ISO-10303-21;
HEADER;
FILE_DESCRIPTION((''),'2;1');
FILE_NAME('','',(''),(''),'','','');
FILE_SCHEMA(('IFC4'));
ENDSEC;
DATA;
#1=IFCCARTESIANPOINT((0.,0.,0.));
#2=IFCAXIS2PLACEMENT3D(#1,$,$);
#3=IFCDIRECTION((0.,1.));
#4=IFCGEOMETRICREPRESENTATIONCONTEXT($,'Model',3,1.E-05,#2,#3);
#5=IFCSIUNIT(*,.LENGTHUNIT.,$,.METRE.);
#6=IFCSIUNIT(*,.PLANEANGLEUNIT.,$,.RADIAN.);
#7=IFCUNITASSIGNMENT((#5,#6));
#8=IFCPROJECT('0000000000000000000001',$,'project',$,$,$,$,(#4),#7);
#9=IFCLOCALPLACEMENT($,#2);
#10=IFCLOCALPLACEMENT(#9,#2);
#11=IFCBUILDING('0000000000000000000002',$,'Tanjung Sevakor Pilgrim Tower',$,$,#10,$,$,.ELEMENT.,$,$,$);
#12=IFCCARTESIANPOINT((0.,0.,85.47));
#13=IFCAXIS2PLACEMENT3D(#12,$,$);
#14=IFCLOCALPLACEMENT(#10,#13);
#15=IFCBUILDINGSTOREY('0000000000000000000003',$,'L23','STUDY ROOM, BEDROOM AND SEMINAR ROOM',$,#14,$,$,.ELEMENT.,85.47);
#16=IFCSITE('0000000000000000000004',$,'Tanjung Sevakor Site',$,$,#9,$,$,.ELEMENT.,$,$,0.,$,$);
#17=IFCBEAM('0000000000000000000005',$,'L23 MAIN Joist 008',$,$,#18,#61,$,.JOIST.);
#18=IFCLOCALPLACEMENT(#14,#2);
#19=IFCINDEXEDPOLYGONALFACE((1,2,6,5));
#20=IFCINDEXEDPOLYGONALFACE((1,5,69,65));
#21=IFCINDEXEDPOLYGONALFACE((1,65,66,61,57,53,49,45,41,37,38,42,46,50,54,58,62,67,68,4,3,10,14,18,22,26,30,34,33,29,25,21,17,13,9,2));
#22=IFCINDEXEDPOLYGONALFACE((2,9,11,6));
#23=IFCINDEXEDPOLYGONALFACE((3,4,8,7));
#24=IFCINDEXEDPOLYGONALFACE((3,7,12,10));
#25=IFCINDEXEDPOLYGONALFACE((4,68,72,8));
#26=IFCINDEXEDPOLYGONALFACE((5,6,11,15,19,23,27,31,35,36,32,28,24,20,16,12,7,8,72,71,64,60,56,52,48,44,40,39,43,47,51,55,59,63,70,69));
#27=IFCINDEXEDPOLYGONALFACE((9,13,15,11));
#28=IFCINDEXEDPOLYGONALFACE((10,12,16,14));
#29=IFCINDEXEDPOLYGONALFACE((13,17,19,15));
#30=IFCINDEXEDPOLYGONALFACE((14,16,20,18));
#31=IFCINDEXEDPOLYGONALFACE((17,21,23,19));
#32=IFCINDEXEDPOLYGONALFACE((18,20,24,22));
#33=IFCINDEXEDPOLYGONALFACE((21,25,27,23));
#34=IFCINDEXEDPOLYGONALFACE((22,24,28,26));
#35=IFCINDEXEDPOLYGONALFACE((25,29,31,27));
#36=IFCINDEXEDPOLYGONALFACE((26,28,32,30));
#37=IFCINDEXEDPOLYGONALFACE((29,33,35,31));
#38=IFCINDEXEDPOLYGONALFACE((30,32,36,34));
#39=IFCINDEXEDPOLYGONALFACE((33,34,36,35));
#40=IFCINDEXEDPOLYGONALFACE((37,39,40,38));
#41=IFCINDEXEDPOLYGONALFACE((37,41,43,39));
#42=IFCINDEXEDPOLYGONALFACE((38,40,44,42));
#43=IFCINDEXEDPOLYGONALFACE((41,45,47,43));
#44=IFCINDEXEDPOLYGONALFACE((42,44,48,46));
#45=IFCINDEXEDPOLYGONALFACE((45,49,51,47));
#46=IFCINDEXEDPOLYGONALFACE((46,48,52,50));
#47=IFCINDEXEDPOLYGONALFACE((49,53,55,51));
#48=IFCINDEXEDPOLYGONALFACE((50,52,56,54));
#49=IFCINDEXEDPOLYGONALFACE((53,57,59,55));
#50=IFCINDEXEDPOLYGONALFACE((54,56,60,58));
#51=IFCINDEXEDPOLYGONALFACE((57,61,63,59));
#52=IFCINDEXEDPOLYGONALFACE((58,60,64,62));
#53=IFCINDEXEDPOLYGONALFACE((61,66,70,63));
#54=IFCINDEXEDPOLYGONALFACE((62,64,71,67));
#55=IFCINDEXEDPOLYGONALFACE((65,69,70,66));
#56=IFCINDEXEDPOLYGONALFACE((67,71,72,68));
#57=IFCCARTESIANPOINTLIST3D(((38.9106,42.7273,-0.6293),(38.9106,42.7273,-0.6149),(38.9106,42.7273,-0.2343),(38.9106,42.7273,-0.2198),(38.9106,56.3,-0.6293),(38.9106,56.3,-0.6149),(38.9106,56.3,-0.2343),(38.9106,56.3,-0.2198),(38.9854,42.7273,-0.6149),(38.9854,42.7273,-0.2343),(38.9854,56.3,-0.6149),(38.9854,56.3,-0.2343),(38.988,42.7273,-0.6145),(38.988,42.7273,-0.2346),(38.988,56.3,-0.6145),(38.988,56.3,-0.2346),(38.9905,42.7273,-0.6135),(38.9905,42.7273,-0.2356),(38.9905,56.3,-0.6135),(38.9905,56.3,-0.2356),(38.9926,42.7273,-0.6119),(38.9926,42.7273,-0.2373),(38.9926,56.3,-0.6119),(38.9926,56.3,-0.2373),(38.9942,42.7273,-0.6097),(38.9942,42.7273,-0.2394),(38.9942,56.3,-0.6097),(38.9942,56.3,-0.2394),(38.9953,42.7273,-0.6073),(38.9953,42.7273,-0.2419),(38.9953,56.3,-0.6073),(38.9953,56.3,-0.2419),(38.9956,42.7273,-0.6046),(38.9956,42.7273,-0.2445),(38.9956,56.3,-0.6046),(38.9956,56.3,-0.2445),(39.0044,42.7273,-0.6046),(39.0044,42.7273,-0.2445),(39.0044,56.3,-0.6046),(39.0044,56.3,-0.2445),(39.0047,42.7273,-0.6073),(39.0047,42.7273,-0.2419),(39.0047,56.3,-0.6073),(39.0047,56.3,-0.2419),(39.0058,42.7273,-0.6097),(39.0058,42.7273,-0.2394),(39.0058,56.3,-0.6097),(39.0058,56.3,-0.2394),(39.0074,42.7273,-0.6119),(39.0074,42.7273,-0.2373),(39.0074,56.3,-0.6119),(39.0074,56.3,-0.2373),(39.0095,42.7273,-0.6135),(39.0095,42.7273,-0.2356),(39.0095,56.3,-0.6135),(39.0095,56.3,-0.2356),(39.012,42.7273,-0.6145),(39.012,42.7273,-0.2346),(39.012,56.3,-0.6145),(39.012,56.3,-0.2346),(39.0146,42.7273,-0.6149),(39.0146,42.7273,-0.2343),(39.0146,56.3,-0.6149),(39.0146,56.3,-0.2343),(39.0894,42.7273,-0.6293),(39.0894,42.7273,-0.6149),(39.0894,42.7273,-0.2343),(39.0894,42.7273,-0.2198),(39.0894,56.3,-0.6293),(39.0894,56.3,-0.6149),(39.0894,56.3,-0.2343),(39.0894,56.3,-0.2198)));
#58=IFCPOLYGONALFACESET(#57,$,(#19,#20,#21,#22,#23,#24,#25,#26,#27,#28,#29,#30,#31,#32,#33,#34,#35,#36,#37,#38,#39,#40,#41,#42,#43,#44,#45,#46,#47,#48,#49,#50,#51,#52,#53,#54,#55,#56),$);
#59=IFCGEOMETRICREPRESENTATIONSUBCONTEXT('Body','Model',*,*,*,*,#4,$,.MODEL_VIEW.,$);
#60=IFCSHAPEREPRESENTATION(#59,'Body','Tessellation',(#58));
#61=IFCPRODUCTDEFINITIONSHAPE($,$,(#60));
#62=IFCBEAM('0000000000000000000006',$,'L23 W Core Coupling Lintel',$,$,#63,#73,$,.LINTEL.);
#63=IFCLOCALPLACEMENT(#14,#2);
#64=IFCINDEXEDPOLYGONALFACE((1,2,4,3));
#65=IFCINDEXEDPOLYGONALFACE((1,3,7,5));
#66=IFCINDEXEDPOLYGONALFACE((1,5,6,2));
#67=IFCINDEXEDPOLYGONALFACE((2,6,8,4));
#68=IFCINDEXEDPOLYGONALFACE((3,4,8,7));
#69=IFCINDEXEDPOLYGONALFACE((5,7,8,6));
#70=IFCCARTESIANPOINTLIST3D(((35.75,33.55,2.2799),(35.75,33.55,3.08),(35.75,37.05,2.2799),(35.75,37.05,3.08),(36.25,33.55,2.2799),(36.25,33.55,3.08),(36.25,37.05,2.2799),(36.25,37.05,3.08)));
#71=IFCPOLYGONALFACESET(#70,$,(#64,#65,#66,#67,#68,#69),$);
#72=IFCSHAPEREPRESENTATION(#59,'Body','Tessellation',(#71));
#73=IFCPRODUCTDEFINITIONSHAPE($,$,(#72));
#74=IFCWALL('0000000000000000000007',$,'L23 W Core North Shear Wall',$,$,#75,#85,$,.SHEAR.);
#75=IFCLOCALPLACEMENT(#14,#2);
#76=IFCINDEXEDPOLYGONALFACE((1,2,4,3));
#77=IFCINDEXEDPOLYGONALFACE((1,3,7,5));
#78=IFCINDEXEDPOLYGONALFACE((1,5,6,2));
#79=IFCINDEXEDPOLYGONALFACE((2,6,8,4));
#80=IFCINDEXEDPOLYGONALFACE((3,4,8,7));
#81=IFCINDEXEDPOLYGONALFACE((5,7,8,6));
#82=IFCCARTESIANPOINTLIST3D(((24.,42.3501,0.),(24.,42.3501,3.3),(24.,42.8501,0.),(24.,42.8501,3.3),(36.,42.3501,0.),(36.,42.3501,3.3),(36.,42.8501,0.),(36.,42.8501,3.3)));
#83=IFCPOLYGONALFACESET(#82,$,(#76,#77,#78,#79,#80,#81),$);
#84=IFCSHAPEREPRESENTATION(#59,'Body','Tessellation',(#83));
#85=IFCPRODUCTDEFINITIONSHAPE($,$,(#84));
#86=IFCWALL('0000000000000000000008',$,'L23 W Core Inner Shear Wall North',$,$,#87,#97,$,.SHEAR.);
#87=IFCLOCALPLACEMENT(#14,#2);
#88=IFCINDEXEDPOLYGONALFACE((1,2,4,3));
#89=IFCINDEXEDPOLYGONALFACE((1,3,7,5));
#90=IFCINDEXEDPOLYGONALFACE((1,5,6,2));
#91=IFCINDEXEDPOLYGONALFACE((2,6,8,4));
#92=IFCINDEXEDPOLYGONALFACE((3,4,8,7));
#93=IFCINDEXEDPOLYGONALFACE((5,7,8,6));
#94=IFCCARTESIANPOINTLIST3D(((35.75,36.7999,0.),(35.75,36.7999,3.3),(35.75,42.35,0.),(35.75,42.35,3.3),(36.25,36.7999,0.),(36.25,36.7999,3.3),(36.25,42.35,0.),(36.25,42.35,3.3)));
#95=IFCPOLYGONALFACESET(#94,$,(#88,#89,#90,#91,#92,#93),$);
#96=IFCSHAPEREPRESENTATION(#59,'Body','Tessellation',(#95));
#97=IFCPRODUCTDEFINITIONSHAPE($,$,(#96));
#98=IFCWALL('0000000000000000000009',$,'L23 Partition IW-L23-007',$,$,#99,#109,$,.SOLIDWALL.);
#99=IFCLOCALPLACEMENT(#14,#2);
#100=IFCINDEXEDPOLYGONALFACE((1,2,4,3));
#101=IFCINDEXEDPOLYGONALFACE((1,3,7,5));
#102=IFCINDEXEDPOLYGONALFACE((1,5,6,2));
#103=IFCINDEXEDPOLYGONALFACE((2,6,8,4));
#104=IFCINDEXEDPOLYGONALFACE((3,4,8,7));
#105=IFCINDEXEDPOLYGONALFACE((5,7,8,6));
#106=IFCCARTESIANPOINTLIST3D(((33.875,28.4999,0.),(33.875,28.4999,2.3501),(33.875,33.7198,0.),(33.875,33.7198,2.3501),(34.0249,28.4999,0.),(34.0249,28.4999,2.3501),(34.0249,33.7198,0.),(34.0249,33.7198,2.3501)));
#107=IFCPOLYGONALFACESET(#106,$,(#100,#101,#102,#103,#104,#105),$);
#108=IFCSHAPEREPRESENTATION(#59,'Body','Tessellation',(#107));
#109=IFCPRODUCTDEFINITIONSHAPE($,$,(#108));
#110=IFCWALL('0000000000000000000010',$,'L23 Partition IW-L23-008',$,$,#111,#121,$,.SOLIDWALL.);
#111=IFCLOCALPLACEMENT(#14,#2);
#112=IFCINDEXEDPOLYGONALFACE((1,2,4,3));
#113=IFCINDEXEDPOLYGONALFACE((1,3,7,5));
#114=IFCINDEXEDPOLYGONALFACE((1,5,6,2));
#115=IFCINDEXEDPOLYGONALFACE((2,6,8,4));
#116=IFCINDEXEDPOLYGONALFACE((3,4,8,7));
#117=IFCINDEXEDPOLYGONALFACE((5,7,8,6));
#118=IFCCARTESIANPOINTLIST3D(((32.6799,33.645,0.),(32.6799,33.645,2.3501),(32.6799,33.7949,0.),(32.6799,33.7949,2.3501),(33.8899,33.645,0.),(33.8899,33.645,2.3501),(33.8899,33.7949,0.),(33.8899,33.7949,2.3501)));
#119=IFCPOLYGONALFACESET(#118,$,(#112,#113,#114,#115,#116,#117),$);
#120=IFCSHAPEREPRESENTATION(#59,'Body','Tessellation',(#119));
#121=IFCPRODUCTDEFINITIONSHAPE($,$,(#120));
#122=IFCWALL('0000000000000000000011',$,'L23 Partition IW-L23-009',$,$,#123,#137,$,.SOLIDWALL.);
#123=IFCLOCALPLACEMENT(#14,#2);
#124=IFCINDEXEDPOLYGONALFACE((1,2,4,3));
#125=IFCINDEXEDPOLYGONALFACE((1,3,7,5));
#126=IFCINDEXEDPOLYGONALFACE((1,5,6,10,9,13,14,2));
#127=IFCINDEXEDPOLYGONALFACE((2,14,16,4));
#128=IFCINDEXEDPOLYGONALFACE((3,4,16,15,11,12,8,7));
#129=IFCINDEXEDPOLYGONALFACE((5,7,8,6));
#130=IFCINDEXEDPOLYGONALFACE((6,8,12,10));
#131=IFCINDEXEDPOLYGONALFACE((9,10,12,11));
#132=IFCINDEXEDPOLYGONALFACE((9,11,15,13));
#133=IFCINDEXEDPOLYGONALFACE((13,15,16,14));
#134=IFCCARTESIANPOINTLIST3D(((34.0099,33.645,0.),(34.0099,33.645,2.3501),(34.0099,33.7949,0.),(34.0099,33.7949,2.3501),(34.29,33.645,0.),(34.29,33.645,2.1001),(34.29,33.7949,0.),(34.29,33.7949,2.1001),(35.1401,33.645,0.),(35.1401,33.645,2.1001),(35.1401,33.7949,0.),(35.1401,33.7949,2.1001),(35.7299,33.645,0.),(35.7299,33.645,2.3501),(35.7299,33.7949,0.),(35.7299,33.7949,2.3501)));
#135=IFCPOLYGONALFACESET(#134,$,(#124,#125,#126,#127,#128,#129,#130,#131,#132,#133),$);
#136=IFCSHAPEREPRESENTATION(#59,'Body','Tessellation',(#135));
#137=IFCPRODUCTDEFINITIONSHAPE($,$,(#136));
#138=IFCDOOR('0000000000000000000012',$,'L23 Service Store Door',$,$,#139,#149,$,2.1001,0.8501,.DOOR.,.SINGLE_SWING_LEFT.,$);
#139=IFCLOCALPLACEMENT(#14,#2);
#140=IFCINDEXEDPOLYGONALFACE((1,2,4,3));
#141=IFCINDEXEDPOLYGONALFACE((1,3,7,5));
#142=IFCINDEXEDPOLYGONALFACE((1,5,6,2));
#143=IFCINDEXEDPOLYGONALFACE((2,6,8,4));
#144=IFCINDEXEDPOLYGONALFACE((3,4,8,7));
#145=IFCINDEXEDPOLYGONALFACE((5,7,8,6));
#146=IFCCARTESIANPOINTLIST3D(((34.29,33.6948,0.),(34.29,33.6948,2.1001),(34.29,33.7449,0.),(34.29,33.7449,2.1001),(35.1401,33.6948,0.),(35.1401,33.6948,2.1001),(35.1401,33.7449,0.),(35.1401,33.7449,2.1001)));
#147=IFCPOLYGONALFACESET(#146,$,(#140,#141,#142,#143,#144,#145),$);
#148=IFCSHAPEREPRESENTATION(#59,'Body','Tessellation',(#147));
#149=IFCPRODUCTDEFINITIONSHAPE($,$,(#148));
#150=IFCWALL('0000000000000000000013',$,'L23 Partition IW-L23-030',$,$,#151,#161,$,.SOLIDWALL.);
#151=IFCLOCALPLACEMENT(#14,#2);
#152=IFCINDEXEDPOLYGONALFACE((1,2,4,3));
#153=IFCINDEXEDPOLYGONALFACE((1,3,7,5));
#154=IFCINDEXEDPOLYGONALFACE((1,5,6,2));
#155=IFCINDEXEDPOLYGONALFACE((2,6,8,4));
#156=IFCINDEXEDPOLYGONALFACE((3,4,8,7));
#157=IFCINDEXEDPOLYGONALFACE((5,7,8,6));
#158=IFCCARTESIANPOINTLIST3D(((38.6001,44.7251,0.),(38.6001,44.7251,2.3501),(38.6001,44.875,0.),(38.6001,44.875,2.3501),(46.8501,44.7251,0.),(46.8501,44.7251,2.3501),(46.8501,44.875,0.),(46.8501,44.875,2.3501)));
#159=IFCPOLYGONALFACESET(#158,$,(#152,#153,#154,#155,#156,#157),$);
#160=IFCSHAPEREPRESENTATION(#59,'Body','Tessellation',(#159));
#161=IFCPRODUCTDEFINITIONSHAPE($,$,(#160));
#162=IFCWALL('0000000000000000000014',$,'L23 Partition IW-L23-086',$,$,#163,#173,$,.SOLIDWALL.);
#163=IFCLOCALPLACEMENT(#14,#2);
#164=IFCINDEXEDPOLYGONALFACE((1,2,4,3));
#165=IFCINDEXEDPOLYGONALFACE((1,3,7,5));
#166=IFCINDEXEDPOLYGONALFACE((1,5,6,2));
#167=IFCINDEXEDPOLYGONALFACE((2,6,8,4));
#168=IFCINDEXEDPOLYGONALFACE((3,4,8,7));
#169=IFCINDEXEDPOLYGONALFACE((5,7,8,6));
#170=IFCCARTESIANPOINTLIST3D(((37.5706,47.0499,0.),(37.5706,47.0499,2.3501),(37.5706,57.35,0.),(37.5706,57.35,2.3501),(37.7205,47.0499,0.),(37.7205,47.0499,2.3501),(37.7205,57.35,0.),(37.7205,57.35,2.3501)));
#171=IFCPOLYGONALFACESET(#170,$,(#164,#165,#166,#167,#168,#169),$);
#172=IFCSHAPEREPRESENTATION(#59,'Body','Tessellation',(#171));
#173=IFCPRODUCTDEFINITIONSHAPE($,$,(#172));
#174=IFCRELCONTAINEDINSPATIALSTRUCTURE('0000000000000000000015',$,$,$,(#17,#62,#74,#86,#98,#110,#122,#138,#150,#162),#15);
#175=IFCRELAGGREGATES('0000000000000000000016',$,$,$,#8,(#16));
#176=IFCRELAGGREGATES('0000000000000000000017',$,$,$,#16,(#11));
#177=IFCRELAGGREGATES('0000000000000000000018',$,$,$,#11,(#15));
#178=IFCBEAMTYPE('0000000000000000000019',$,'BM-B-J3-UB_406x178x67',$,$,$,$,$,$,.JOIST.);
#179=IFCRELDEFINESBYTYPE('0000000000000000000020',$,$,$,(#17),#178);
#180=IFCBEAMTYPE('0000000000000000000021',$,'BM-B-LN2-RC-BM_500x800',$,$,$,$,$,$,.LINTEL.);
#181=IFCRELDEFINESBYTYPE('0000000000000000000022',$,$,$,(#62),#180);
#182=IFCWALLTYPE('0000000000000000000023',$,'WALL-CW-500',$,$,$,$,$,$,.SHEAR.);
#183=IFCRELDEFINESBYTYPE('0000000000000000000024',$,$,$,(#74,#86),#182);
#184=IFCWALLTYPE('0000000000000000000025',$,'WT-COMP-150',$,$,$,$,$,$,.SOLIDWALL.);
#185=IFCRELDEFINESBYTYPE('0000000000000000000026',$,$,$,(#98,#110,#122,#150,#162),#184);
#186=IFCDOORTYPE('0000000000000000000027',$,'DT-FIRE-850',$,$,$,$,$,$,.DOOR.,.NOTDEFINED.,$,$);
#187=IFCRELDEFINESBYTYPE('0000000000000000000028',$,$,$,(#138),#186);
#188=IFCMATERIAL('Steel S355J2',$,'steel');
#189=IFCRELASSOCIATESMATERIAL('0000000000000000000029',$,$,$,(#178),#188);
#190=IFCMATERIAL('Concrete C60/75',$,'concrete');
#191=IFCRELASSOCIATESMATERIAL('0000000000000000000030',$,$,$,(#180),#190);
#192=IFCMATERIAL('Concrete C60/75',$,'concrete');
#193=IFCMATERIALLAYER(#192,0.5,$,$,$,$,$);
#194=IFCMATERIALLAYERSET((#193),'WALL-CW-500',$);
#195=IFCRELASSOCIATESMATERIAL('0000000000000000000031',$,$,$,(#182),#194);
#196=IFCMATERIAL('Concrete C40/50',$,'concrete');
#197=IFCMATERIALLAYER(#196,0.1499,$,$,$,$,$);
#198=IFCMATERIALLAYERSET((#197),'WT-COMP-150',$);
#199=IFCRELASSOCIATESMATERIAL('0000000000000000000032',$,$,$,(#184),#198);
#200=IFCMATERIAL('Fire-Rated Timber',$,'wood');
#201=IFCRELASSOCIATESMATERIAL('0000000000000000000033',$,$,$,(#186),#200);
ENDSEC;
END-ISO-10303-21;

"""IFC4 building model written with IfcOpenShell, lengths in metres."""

from ifc_helpers import new_model, si_unit, direction, frame, frame_2d, origin, origin_2d, place, context, subcontext, project, spatial, rectangle, i_section, extrude, material, layer, layer_set, material_profile, profile_set, type_object, element, fill, save


model = new_model("IFC4")

# Units and contexts
model_context = context("Model", 3, precision=1e-05, world=origin(), true_north=direction((0.0, 1.0)))
body_context = subcontext(model_context, "Body", "Model", "MODEL_VIEW")
ifc_project = project(units=[si_unit("LENGTHUNIT", "METRE"), si_unit("PLANEANGLEUNIT", "RADIAN")], contexts=[model_context])

# Site, building, storey
site_placement = place(None, origin())
site = spatial("IfcSite", under=ifc_project, at=site_placement, Name="Tanjung Sevakor Site", CompositionType="ELEMENT", RefElevation=0.0)
building_placement = place(site_placement, origin())
building = spatial("IfcBuilding", under=site, at=building_placement, Name="Tanjung Sevakor Pilgrim Tower", CompositionType="ELEMENT")
storey_placement = place(building_placement, frame((0.0, 0.0, 85.47)))
storey = spatial("IfcBuildingStorey", under=building, at=storey_placement, Name="L23", Description="STUDY ROOM, BEDROOM AND SEMINAR ROOM", CompositionType="ELEMENT", Elevation=85.47)

# Beams
ifc_material_1 = material(Name="Steel S355J2", Category="steel")
ifc_material_profile_1 = material_profile(ifc_material_1, i_section(OverallWidth=0.1787, OverallDepth=0.4094, WebThickness=0.0088, FlangeThickness=0.0144, FilletRadius=0.0103, at=origin_2d()))
ifc_profile_set_1 = profile_set([ifc_material_profile_1], Name="Steel S355J2")
beam_type_1 = type_object("IfcBeamType", Name="BM-B-J3-UB_406x178x67", PredefinedType="JOIST", material=ifc_profile_set_1)
beam_1_placement = place(storey_placement, frame((39.0, 42.7273, -0.4246), z_axis=(0.0, 1.0, 0.0), x_axis=(-1.0, 0.0, 0.0)))
element("IfcBeam", 1, at=beam_1_placement, inside=storey, type_object=beam_type_1, Name="L23 MAIN Joist 008", PredefinedType="JOIST", context=body_context, shape_type="SweptSolid", body=[
    extrude(i_section(OverallWidth=0.1787, OverallDepth=0.4094, WebThickness=0.0088, FlangeThickness=0.0144, FilletRadius=0.0103, at=origin_2d()), origin(), (0.0, 0.0, 1.0), 13.5728),
])
ifc_material_2 = material(Name="Concrete C60/75", Category="concrete")
ifc_material_profile_2 = material_profile(ifc_material_2, rectangle(XDim=0.5, YDim=0.8, at=origin_2d()))
ifc_profile_set_2 = profile_set([ifc_material_profile_2], Name="Concrete C60/75")
beam_type_2 = type_object("IfcBeamType", Name="BM-B-LN2-RC-BM_500x800", PredefinedType="LINTEL", material=ifc_profile_set_2)
beam_2_placement = place(storey_placement, frame((36.0, 33.55, 2.6799), z_axis=(0.0, 1.0, 0.0), x_axis=(-1.0, 0.0, 0.0)))
element("IfcBeam", 2, at=beam_2_placement, inside=storey, type_object=beam_type_2, Name="L23 W Core Coupling Lintel", PredefinedType="LINTEL", context=body_context, shape_type="SweptSolid", body=[
    extrude(rectangle(XDim=0.5, YDim=0.8, at=origin_2d()), origin(), (0.0, 0.0, 1.0), 3.5),
])

# Walls
ifc_material_3 = material(Name="Concrete C60/75", Category="concrete")
ifc_layer_1 = layer(ifc_material_3, 0.5)
ifc_layer_set_1 = layer_set([ifc_layer_1], Name="WALL-CW-500")
wall_type_1 = type_object("IfcWallType", Name="WALL-CW-500", PredefinedType="SHEAR", material=ifc_layer_set_1)
wall_1_placement = place(storey_placement, frame((36.0, 42.6001, 0.0), z_axis=(0.0, 0.0, 1.0), x_axis=(-1.0, 0.0, 0.0)))
element("IfcWall", 3, at=wall_1_placement, inside=storey, type_object=wall_type_1, Name="L23 W Core North Shear Wall", PredefinedType="SHEAR", context=body_context, shape_type="SweptSolid", body=[
    extrude(rectangle(XDim=12.0, YDim=0.5, at=frame_2d((6.0, 0.0))), origin(), (0.0, 0.0, 1.0), 3.3),
])
wall_2_placement = place(storey_placement, frame((36.0, 36.8, 0.0), z_axis=(0.0, 0.0, 1.0), x_axis=(0.0, 1.0, 0.0)))
element("IfcWall", 4, at=wall_2_placement, inside=storey, type_object=wall_type_1, Name="L23 W Core Inner Shear Wall North", PredefinedType="SHEAR", context=body_context, shape_type="SweptSolid", body=[
    extrude(rectangle(XDim=5.55, YDim=0.5, at=frame_2d((2.7749, 0.0))), origin(), (0.0, 0.0, 1.0), 3.3),
])
ifc_material_4 = material(Name="Concrete C40/50", Category="concrete")
ifc_layer_2 = layer(ifc_material_4, 0.1499)
ifc_layer_set_2 = layer_set([ifc_layer_2], Name="WT-COMP-150")
wall_type_2 = type_object("IfcWallType", Name="WT-COMP-150", PredefinedType="SOLIDWALL", material=ifc_layer_set_2)
wall_3_placement = place(storey_placement, frame((33.95, 28.5, 0.0), z_axis=(0.0, 0.0, 1.0), x_axis=(0.0, 1.0, 0.0)))
element("IfcWall", 5, at=wall_3_placement, inside=storey, type_object=wall_type_2, Name="L23 Partition IW-L23-007", PredefinedType="SOLIDWALL", context=body_context, shape_type="SweptSolid", body=[
    extrude(rectangle(XDim=5.22, YDim=0.1499, at=frame_2d((2.6099, 0.0))), origin(), (0.0, 0.0, 1.0), 2.3501),
])
wall_4_placement = place(storey_placement, frame((32.6799, 33.72, 0.0), z_axis=(0.0, 0.0, 1.0), x_axis=(1.0, 0.0, 0.0)))
element("IfcWall", 6, at=wall_4_placement, inside=storey, type_object=wall_type_2, Name="L23 Partition IW-L23-008", PredefinedType="SOLIDWALL", context=body_context, shape_type="SweptSolid", body=[
    extrude(rectangle(XDim=1.21, YDim=0.1499, at=frame_2d((0.605, 0.0))), origin(), (0.0, 0.0, 1.0), 2.3501),
])

# Wall, opening, door
wall_5_placement = place(storey_placement, frame((34.01, 33.72, 0.0), z_axis=(0.0, 0.0, 1.0), x_axis=(1.0, 0.0, 0.0)))
wall_5 = element("IfcWall", 7, at=wall_5_placement, inside=storey, type_object=wall_type_2, Name="L23 Partition IW-L23-009", PredefinedType="SOLIDWALL", context=body_context, shape_type="SweptSolid", body=[
    extrude(rectangle(XDim=1.72, YDim=0.1499, at=frame_2d((0.8599, 0.0))), origin(), (0.0, 0.0, 1.0), 2.3501),
])
opening_1_placement = place(wall_5_placement, frame((0.28, 0.0, 0.0)))
opening_1 = element("IfcOpeningElement", 8, at=opening_1_placement, cuts=wall_5, PredefinedType="OPENING", context=body_context, shape_type="SweptSolid", body=[
    extrude(rectangle(XDim=0.8501, YDim=2.1001, at=frame_2d((0.425, 1.05))), frame((0.0, 0.085, 0.0), z_axis=(0.0, -1.0, 0.0), x_axis=(1.0, 0.0, 0.0)), (0.0, 0.0, 1.0), 0.1699),
])
ifc_material_5 = material(Name="Fire-Rated Timber", Category="wood")
door_type_1 = type_object("IfcDoorType", Name="DT-FIRE-850", OperationType="NOTDEFINED", PredefinedType="DOOR", material=ifc_material_5)
door_1_placement = place(opening_1_placement, origin())
door_1 = element("IfcDoor", 9, at=door_1_placement, inside=storey, type_object=door_type_1, Name="L23 Service Store Door", OperationType="SINGLE_SWING_LEFT", OverallHeight=2.1001, OverallWidth=0.8501, PredefinedType="DOOR", context=body_context, shape_type="SweptSolid", body=[
    extrude(rectangle(XDim=0.8501, YDim=2.1001, at=frame_2d((0.425, 1.05))), frame((0.0, 0.0249, 0.0), z_axis=(0.0, -1.0, 0.0), x_axis=(1.0, 0.0, 0.0)), (0.0, 0.0, 1.0), 0.05),
])
fill(opening_1, door_1)

# Walls
wall_6_placement = place(storey_placement, frame((38.6001, 44.8, 0.0), z_axis=(0.0, 0.0, 1.0), x_axis=(1.0, 0.0, 0.0)))
element("IfcWall", 10, at=wall_6_placement, inside=storey, type_object=wall_type_2, Name="L23 Partition IW-L23-030", PredefinedType="SOLIDWALL", context=body_context, shape_type="SweptSolid", body=[
    extrude(rectangle(XDim=8.25, YDim=0.1499, at=frame_2d((4.125, 0.0))), origin(), (0.0, 0.0, 1.0), 2.3501),
])
wall_7_placement = place(storey_placement, frame((37.6455, 47.05, 0.0), z_axis=(0.0, 0.0, 1.0), x_axis=(0.0, 1.0, 0.0)))
element("IfcWall", 11, at=wall_7_placement, inside=storey, type_object=wall_type_2, Name="L23 Partition IW-L23-086", PredefinedType="SOLIDWALL", context=body_context, shape_type="SweptSolid", body=[
    extrude(rectangle(XDim=10.3, YDim=0.1499, at=frame_2d((5.1499, 0.0))), origin(), (0.0, 0.0, 1.0), 2.3501),
])

save(model, "model.ifc")
